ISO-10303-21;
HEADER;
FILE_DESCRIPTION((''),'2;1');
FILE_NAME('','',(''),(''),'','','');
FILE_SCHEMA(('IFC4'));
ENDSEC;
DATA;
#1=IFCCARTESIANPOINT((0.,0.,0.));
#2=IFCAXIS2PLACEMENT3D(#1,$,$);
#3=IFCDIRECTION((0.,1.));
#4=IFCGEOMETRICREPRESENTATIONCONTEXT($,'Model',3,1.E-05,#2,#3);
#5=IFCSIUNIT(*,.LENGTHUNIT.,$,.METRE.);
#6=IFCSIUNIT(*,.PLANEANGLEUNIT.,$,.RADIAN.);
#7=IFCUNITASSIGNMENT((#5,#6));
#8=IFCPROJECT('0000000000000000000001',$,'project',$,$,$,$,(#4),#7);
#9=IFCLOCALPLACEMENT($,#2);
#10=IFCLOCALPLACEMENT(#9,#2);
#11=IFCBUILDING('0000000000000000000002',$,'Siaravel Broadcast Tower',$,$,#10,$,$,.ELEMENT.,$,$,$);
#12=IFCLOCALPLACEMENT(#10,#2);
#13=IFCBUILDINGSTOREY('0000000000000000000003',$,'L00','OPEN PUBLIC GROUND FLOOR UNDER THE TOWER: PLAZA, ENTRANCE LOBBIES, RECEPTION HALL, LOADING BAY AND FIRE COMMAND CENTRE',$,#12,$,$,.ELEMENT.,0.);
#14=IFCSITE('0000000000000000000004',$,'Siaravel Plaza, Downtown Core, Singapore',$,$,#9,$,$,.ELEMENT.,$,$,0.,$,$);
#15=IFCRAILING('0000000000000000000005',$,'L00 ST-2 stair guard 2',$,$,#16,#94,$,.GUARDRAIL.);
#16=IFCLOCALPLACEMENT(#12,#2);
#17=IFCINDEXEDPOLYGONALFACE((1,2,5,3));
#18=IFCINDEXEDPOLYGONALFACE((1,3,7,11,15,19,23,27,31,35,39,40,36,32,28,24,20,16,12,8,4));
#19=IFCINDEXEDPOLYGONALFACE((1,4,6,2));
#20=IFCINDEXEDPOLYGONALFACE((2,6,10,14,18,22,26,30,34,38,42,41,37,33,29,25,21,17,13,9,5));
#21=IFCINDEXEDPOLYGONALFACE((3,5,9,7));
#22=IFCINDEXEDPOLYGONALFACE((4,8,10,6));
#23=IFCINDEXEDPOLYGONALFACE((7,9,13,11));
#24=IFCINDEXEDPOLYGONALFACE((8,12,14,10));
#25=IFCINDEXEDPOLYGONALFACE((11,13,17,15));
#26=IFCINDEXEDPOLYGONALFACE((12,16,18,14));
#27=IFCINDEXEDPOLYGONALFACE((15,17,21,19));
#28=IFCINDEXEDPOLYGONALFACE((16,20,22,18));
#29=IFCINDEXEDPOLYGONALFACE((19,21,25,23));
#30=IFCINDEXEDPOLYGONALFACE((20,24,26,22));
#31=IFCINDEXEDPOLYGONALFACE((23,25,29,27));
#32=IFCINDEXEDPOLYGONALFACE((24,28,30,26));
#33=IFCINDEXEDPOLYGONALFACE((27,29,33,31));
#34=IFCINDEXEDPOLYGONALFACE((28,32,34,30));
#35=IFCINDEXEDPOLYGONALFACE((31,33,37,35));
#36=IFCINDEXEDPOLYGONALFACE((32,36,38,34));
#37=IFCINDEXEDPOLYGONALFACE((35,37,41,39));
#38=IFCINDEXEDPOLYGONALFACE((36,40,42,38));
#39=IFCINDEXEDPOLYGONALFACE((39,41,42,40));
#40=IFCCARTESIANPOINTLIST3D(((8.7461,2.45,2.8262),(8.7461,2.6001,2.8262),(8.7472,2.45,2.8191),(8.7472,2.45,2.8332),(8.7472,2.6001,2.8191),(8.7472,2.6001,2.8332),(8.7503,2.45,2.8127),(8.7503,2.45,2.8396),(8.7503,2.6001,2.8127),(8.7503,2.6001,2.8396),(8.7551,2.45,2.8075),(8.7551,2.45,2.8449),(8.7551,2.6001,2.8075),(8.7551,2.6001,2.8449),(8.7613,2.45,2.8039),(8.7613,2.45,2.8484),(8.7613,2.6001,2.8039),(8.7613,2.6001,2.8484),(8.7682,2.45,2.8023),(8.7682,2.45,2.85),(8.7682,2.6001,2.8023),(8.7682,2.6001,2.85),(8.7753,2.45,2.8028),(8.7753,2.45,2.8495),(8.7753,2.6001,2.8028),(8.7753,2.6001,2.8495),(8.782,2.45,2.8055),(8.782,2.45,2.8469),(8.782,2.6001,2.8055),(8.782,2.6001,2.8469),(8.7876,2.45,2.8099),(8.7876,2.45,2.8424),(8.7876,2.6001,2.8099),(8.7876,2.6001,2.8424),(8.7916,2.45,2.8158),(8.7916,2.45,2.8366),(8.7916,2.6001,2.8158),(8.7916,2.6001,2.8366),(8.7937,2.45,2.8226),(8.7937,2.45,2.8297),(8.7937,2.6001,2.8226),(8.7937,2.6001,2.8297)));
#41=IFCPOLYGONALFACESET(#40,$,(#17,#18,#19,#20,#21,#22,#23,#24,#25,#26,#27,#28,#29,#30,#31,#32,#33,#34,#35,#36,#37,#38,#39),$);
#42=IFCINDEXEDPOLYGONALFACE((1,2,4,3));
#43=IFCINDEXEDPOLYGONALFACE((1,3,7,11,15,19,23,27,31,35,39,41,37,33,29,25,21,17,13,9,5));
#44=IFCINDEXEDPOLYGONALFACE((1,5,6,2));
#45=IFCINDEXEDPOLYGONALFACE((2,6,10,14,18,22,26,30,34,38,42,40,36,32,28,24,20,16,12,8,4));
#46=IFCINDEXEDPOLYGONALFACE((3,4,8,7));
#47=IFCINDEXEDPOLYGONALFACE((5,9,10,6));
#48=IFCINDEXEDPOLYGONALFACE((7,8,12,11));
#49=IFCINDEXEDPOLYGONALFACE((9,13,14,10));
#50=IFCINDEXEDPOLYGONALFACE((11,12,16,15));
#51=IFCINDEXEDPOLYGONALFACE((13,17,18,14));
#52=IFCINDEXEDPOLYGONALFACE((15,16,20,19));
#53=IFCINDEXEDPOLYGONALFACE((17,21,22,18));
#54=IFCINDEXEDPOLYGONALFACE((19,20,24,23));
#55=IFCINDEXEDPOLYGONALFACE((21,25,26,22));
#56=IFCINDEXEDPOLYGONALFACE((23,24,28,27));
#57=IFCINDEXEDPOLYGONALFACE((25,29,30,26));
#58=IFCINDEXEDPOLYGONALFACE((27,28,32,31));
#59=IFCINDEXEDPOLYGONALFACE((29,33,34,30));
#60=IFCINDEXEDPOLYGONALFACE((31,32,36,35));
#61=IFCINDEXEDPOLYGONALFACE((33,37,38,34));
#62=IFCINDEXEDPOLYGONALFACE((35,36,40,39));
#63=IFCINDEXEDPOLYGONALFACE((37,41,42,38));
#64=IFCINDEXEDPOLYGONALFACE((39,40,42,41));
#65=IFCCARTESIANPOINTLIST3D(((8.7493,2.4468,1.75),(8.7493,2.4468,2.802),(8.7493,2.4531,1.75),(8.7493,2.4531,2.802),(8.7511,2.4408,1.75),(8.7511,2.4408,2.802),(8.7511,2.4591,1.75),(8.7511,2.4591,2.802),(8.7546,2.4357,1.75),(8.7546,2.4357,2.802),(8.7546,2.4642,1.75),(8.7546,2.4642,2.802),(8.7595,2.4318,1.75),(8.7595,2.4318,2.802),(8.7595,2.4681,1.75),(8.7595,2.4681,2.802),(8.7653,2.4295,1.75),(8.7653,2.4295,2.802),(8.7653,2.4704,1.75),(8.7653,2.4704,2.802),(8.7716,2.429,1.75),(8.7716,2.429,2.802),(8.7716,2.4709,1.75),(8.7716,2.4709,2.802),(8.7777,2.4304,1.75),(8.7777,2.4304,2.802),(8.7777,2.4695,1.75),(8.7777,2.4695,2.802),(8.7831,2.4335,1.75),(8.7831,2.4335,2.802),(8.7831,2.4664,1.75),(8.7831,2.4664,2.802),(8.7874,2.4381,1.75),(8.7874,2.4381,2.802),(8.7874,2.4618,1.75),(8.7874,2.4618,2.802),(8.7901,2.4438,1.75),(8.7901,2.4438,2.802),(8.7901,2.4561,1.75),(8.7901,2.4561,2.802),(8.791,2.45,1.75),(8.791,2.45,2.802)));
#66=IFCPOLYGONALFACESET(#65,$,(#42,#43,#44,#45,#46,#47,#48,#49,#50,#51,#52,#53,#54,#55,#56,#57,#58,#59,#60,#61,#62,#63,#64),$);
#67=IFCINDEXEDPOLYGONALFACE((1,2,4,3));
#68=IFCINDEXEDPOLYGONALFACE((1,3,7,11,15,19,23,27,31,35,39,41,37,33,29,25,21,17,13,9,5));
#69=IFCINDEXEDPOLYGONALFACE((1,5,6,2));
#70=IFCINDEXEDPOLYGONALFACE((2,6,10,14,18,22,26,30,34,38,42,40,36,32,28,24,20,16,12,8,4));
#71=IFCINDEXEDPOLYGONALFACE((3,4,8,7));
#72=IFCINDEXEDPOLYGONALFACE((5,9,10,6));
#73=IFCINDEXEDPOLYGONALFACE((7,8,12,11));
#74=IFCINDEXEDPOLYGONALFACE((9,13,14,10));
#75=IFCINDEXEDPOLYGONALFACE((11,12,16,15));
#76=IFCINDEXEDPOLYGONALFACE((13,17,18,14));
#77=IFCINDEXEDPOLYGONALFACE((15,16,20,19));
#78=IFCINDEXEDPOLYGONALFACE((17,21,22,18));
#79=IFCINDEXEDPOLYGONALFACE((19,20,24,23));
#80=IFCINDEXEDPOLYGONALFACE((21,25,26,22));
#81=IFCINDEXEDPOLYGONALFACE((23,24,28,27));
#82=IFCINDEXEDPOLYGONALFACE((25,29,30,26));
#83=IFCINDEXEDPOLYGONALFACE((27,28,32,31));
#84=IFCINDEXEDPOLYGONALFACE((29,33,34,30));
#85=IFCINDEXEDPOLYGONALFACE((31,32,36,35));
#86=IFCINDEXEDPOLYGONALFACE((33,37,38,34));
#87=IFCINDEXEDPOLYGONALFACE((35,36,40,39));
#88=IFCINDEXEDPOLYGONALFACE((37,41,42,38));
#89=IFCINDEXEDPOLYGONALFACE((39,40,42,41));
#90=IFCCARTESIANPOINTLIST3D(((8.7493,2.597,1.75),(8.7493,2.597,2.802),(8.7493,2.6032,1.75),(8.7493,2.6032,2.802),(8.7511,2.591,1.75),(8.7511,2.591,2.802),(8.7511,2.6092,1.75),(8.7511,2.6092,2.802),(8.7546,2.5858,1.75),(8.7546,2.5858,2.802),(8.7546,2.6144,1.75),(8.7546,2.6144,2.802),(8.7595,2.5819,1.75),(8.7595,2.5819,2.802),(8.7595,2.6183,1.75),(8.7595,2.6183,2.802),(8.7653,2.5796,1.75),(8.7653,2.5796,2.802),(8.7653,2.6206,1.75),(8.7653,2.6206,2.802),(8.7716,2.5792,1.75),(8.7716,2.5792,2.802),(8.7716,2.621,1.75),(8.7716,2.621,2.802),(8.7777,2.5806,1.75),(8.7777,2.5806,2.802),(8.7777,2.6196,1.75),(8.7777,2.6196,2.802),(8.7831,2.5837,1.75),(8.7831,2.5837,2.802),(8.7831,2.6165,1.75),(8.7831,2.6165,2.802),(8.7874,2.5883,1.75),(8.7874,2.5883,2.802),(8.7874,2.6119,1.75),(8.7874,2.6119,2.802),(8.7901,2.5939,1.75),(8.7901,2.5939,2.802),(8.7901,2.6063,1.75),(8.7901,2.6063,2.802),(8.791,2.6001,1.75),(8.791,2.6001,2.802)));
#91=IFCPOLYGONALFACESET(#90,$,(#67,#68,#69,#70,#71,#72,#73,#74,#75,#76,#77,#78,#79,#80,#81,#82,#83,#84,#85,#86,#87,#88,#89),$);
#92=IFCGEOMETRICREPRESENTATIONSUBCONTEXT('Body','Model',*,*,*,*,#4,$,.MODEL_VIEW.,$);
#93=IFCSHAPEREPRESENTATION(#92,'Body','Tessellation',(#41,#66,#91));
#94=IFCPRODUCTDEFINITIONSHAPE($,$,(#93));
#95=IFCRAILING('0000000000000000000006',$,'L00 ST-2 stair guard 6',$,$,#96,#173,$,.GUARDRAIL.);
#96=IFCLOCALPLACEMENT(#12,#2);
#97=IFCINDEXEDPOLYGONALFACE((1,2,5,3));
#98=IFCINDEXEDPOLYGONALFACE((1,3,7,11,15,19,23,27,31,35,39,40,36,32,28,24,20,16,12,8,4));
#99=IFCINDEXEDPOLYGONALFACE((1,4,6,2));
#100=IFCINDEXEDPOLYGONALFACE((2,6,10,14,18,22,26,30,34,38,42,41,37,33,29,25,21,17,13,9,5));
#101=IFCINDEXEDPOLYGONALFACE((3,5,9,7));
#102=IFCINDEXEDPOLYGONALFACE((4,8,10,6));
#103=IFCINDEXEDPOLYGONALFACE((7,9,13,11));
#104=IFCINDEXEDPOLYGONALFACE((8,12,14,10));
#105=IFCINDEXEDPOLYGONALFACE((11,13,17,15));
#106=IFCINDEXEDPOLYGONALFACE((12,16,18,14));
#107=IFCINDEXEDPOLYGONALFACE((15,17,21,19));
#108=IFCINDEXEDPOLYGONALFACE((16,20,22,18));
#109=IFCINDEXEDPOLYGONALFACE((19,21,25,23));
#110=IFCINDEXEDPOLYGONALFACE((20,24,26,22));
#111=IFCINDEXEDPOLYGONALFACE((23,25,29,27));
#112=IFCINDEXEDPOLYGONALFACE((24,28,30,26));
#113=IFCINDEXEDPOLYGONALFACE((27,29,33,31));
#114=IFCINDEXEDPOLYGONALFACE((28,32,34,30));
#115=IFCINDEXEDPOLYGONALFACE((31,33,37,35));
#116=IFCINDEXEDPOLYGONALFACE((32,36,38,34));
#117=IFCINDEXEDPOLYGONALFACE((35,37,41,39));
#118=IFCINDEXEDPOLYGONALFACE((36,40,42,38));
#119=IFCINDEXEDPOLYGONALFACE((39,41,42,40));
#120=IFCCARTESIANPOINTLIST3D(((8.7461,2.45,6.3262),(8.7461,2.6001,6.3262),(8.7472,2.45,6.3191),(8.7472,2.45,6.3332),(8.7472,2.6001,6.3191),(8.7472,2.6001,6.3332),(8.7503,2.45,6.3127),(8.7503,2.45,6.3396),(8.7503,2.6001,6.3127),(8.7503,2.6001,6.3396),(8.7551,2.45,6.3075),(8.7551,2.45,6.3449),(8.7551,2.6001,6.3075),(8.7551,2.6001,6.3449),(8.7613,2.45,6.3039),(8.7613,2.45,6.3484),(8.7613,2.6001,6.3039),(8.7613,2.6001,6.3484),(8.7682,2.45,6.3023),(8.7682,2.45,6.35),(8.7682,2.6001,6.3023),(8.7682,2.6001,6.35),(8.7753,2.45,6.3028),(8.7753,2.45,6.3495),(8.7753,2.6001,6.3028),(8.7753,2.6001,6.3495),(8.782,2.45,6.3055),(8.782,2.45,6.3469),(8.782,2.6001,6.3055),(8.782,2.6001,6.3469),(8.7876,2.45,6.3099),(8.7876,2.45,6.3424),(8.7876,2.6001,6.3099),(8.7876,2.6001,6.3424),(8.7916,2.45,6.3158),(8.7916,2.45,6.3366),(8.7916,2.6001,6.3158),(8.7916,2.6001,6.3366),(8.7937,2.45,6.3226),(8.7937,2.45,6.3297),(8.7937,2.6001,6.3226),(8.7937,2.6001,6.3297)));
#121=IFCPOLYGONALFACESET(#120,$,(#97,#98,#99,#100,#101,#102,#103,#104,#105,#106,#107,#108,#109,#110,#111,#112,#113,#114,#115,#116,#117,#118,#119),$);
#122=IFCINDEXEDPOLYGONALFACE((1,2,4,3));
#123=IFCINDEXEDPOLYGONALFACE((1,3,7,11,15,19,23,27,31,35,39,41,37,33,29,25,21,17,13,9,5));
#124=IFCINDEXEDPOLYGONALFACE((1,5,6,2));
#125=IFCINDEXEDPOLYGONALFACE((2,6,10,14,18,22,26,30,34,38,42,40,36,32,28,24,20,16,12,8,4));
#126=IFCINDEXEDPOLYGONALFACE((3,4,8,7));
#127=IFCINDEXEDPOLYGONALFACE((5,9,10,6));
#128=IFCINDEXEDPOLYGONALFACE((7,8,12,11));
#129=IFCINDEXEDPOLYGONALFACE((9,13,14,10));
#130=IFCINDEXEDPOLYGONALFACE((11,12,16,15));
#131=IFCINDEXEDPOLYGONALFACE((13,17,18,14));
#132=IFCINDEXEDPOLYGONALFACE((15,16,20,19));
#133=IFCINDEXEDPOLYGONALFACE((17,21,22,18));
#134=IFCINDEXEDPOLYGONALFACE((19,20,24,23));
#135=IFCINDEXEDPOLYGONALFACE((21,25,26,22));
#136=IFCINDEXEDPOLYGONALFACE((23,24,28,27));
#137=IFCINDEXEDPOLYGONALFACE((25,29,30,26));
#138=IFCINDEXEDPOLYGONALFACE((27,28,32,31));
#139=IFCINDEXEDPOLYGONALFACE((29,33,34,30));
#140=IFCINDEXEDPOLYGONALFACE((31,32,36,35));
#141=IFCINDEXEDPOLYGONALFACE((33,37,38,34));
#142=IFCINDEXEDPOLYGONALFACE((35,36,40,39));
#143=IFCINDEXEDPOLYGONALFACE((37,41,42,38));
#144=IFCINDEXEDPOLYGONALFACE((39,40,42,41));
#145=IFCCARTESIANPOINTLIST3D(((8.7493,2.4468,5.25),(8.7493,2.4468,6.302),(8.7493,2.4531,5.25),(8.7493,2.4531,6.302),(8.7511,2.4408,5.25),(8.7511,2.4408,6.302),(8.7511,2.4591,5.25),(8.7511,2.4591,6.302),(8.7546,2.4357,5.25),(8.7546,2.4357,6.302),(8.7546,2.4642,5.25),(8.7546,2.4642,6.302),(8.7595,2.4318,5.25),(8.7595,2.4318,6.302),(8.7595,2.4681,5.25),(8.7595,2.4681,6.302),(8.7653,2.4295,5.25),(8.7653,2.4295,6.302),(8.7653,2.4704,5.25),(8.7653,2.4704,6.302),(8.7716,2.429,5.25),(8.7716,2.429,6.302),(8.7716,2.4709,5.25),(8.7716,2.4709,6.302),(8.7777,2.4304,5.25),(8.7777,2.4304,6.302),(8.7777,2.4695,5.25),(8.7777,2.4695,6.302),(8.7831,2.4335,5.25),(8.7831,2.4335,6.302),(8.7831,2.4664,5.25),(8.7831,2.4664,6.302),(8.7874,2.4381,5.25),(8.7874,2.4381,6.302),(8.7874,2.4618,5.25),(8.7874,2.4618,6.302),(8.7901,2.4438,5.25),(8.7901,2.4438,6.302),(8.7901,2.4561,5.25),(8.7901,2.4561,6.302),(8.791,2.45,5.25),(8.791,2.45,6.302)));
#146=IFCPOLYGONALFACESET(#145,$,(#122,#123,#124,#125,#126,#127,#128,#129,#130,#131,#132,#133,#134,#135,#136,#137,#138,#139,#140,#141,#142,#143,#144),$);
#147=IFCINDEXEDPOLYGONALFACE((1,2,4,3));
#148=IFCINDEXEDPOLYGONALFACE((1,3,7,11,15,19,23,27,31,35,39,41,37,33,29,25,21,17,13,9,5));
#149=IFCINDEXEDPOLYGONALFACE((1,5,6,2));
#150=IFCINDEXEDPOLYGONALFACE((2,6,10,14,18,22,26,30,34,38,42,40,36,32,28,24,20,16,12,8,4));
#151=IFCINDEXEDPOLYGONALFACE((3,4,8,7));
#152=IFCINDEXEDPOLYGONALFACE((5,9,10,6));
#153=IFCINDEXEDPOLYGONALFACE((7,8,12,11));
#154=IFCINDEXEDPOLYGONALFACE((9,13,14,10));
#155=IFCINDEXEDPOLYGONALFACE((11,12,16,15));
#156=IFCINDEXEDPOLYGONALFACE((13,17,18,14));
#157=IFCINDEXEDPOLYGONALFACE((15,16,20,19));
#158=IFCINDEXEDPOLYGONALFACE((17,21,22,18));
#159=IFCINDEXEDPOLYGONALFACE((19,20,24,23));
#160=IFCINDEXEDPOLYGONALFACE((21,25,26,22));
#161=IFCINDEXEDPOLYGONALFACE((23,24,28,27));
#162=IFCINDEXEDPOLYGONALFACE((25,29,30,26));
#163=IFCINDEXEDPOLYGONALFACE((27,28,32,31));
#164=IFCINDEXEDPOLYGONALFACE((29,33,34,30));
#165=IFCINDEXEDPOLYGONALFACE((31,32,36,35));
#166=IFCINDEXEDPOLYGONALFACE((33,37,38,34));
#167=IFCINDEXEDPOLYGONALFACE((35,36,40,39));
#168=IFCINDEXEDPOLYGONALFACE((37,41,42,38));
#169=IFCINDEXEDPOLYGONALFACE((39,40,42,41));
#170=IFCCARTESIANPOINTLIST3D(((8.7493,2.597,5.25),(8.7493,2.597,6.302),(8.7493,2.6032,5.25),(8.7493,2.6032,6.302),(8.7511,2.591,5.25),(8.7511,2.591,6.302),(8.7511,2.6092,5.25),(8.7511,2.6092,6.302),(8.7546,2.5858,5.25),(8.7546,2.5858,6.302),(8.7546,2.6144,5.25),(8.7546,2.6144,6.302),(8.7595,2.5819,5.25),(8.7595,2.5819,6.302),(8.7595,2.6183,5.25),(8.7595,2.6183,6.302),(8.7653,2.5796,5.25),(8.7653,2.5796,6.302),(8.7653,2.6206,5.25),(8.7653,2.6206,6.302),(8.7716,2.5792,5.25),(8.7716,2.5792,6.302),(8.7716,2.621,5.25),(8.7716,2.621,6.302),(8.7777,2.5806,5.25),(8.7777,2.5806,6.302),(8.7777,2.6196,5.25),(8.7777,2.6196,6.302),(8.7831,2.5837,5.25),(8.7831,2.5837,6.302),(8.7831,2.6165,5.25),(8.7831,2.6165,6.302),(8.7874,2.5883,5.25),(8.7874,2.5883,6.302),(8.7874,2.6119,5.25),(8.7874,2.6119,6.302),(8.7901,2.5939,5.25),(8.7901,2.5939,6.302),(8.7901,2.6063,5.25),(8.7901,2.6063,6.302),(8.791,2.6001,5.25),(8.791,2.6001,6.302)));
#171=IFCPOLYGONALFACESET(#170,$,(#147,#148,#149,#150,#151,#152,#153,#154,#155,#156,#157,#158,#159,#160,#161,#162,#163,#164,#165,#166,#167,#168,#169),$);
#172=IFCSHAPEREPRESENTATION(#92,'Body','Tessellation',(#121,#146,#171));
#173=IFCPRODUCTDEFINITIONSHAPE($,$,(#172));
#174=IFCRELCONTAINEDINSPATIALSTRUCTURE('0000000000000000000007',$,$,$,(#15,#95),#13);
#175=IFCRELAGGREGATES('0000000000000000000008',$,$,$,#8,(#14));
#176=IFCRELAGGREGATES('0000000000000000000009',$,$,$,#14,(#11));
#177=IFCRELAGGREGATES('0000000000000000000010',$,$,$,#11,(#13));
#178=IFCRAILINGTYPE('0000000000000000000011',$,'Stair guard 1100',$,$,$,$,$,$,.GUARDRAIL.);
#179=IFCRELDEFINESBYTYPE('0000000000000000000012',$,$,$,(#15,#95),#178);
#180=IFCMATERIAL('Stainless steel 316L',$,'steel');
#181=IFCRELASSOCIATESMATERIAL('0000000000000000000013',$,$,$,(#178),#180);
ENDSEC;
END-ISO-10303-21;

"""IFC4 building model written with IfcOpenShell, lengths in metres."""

from ifc_helpers import new_model, si_unit, direction, frame, origin, origin_2d, place, context, subcontext, project, spatial, circle, extrude, material, type_object, element, save


model = new_model("IFC4")

# Units and contexts
model_context = context("Model", 3, precision=1e-05, world=origin(), true_north=direction((0.0, 1.0)))
body_context = subcontext(model_context, "Body", "Model", "MODEL_VIEW")
ifc_project = project(units=[si_unit("LENGTHUNIT", "METRE"), si_unit("PLANEANGLEUNIT", "RADIAN")], contexts=[model_context])

# Site, building, storey
site_placement = place(None, origin())
site = spatial("IfcSite", under=ifc_project, at=site_placement, Name="Siaravel Plaza, Downtown Core, Singapore", CompositionType="ELEMENT", RefElevation=0.0)
building_placement = place(site_placement, origin())
building = spatial("IfcBuilding", under=site, at=building_placement, Name="Siaravel Broadcast Tower", CompositionType="ELEMENT")
storey_placement = place(building_placement, origin())
storey = spatial("IfcBuildingStorey", under=building, at=storey_placement, Name="L00", Description="OPEN PUBLIC GROUND FLOOR UNDER THE TOWER: PLAZA, ENTRANCE LOBBIES, RECEPTION HALL, LOADING BAY AND FIRE COMMAND CENTRE", CompositionType="ELEMENT", Elevation=0.0)

# Railings
ifc_material_1 = material(Name="Stainless steel 316L", Category="steel")
railing_type_1 = type_object("IfcRailingType", Name="Stair guard 1100", PredefinedType="GUARDRAIL", material=ifc_material_1)
for number, where, name in (
    (1, (8.77, 2.45, 1.75), "L00 ST-2 stair guard 2"),
    (2, (8.77, 2.45, 5.25), "L00 ST-2 stair guard 6"),
):
    element("IfcRailing", number, at=place(storey_placement, frame(where)), inside=storey, type_object=railing_type_1, Name=name, PredefinedType="GUARDRAIL", context=body_context, shape_type="SweptSolid", body=[
        extrude(circle(Radius=0.0239, at=origin_2d()), frame((0.0, 0.0, 1.0762), z_axis=(0.0, 1.0, 0.0), x_axis=(-1.0, 0.0, 0.0)), (0.0, 0.0, 1.0), 0.1501),
        extrude(circle(Radius=0.021, at=origin_2d()), origin(), (0.0, 0.0, 1.0), 1.052),
        extrude(circle(Radius=0.021, at=origin_2d()), frame((0.0, 0.1501, 0.0)), (0.0, 0.0, 1.0), 1.052),
    ])

save(model, "model.ifc")
